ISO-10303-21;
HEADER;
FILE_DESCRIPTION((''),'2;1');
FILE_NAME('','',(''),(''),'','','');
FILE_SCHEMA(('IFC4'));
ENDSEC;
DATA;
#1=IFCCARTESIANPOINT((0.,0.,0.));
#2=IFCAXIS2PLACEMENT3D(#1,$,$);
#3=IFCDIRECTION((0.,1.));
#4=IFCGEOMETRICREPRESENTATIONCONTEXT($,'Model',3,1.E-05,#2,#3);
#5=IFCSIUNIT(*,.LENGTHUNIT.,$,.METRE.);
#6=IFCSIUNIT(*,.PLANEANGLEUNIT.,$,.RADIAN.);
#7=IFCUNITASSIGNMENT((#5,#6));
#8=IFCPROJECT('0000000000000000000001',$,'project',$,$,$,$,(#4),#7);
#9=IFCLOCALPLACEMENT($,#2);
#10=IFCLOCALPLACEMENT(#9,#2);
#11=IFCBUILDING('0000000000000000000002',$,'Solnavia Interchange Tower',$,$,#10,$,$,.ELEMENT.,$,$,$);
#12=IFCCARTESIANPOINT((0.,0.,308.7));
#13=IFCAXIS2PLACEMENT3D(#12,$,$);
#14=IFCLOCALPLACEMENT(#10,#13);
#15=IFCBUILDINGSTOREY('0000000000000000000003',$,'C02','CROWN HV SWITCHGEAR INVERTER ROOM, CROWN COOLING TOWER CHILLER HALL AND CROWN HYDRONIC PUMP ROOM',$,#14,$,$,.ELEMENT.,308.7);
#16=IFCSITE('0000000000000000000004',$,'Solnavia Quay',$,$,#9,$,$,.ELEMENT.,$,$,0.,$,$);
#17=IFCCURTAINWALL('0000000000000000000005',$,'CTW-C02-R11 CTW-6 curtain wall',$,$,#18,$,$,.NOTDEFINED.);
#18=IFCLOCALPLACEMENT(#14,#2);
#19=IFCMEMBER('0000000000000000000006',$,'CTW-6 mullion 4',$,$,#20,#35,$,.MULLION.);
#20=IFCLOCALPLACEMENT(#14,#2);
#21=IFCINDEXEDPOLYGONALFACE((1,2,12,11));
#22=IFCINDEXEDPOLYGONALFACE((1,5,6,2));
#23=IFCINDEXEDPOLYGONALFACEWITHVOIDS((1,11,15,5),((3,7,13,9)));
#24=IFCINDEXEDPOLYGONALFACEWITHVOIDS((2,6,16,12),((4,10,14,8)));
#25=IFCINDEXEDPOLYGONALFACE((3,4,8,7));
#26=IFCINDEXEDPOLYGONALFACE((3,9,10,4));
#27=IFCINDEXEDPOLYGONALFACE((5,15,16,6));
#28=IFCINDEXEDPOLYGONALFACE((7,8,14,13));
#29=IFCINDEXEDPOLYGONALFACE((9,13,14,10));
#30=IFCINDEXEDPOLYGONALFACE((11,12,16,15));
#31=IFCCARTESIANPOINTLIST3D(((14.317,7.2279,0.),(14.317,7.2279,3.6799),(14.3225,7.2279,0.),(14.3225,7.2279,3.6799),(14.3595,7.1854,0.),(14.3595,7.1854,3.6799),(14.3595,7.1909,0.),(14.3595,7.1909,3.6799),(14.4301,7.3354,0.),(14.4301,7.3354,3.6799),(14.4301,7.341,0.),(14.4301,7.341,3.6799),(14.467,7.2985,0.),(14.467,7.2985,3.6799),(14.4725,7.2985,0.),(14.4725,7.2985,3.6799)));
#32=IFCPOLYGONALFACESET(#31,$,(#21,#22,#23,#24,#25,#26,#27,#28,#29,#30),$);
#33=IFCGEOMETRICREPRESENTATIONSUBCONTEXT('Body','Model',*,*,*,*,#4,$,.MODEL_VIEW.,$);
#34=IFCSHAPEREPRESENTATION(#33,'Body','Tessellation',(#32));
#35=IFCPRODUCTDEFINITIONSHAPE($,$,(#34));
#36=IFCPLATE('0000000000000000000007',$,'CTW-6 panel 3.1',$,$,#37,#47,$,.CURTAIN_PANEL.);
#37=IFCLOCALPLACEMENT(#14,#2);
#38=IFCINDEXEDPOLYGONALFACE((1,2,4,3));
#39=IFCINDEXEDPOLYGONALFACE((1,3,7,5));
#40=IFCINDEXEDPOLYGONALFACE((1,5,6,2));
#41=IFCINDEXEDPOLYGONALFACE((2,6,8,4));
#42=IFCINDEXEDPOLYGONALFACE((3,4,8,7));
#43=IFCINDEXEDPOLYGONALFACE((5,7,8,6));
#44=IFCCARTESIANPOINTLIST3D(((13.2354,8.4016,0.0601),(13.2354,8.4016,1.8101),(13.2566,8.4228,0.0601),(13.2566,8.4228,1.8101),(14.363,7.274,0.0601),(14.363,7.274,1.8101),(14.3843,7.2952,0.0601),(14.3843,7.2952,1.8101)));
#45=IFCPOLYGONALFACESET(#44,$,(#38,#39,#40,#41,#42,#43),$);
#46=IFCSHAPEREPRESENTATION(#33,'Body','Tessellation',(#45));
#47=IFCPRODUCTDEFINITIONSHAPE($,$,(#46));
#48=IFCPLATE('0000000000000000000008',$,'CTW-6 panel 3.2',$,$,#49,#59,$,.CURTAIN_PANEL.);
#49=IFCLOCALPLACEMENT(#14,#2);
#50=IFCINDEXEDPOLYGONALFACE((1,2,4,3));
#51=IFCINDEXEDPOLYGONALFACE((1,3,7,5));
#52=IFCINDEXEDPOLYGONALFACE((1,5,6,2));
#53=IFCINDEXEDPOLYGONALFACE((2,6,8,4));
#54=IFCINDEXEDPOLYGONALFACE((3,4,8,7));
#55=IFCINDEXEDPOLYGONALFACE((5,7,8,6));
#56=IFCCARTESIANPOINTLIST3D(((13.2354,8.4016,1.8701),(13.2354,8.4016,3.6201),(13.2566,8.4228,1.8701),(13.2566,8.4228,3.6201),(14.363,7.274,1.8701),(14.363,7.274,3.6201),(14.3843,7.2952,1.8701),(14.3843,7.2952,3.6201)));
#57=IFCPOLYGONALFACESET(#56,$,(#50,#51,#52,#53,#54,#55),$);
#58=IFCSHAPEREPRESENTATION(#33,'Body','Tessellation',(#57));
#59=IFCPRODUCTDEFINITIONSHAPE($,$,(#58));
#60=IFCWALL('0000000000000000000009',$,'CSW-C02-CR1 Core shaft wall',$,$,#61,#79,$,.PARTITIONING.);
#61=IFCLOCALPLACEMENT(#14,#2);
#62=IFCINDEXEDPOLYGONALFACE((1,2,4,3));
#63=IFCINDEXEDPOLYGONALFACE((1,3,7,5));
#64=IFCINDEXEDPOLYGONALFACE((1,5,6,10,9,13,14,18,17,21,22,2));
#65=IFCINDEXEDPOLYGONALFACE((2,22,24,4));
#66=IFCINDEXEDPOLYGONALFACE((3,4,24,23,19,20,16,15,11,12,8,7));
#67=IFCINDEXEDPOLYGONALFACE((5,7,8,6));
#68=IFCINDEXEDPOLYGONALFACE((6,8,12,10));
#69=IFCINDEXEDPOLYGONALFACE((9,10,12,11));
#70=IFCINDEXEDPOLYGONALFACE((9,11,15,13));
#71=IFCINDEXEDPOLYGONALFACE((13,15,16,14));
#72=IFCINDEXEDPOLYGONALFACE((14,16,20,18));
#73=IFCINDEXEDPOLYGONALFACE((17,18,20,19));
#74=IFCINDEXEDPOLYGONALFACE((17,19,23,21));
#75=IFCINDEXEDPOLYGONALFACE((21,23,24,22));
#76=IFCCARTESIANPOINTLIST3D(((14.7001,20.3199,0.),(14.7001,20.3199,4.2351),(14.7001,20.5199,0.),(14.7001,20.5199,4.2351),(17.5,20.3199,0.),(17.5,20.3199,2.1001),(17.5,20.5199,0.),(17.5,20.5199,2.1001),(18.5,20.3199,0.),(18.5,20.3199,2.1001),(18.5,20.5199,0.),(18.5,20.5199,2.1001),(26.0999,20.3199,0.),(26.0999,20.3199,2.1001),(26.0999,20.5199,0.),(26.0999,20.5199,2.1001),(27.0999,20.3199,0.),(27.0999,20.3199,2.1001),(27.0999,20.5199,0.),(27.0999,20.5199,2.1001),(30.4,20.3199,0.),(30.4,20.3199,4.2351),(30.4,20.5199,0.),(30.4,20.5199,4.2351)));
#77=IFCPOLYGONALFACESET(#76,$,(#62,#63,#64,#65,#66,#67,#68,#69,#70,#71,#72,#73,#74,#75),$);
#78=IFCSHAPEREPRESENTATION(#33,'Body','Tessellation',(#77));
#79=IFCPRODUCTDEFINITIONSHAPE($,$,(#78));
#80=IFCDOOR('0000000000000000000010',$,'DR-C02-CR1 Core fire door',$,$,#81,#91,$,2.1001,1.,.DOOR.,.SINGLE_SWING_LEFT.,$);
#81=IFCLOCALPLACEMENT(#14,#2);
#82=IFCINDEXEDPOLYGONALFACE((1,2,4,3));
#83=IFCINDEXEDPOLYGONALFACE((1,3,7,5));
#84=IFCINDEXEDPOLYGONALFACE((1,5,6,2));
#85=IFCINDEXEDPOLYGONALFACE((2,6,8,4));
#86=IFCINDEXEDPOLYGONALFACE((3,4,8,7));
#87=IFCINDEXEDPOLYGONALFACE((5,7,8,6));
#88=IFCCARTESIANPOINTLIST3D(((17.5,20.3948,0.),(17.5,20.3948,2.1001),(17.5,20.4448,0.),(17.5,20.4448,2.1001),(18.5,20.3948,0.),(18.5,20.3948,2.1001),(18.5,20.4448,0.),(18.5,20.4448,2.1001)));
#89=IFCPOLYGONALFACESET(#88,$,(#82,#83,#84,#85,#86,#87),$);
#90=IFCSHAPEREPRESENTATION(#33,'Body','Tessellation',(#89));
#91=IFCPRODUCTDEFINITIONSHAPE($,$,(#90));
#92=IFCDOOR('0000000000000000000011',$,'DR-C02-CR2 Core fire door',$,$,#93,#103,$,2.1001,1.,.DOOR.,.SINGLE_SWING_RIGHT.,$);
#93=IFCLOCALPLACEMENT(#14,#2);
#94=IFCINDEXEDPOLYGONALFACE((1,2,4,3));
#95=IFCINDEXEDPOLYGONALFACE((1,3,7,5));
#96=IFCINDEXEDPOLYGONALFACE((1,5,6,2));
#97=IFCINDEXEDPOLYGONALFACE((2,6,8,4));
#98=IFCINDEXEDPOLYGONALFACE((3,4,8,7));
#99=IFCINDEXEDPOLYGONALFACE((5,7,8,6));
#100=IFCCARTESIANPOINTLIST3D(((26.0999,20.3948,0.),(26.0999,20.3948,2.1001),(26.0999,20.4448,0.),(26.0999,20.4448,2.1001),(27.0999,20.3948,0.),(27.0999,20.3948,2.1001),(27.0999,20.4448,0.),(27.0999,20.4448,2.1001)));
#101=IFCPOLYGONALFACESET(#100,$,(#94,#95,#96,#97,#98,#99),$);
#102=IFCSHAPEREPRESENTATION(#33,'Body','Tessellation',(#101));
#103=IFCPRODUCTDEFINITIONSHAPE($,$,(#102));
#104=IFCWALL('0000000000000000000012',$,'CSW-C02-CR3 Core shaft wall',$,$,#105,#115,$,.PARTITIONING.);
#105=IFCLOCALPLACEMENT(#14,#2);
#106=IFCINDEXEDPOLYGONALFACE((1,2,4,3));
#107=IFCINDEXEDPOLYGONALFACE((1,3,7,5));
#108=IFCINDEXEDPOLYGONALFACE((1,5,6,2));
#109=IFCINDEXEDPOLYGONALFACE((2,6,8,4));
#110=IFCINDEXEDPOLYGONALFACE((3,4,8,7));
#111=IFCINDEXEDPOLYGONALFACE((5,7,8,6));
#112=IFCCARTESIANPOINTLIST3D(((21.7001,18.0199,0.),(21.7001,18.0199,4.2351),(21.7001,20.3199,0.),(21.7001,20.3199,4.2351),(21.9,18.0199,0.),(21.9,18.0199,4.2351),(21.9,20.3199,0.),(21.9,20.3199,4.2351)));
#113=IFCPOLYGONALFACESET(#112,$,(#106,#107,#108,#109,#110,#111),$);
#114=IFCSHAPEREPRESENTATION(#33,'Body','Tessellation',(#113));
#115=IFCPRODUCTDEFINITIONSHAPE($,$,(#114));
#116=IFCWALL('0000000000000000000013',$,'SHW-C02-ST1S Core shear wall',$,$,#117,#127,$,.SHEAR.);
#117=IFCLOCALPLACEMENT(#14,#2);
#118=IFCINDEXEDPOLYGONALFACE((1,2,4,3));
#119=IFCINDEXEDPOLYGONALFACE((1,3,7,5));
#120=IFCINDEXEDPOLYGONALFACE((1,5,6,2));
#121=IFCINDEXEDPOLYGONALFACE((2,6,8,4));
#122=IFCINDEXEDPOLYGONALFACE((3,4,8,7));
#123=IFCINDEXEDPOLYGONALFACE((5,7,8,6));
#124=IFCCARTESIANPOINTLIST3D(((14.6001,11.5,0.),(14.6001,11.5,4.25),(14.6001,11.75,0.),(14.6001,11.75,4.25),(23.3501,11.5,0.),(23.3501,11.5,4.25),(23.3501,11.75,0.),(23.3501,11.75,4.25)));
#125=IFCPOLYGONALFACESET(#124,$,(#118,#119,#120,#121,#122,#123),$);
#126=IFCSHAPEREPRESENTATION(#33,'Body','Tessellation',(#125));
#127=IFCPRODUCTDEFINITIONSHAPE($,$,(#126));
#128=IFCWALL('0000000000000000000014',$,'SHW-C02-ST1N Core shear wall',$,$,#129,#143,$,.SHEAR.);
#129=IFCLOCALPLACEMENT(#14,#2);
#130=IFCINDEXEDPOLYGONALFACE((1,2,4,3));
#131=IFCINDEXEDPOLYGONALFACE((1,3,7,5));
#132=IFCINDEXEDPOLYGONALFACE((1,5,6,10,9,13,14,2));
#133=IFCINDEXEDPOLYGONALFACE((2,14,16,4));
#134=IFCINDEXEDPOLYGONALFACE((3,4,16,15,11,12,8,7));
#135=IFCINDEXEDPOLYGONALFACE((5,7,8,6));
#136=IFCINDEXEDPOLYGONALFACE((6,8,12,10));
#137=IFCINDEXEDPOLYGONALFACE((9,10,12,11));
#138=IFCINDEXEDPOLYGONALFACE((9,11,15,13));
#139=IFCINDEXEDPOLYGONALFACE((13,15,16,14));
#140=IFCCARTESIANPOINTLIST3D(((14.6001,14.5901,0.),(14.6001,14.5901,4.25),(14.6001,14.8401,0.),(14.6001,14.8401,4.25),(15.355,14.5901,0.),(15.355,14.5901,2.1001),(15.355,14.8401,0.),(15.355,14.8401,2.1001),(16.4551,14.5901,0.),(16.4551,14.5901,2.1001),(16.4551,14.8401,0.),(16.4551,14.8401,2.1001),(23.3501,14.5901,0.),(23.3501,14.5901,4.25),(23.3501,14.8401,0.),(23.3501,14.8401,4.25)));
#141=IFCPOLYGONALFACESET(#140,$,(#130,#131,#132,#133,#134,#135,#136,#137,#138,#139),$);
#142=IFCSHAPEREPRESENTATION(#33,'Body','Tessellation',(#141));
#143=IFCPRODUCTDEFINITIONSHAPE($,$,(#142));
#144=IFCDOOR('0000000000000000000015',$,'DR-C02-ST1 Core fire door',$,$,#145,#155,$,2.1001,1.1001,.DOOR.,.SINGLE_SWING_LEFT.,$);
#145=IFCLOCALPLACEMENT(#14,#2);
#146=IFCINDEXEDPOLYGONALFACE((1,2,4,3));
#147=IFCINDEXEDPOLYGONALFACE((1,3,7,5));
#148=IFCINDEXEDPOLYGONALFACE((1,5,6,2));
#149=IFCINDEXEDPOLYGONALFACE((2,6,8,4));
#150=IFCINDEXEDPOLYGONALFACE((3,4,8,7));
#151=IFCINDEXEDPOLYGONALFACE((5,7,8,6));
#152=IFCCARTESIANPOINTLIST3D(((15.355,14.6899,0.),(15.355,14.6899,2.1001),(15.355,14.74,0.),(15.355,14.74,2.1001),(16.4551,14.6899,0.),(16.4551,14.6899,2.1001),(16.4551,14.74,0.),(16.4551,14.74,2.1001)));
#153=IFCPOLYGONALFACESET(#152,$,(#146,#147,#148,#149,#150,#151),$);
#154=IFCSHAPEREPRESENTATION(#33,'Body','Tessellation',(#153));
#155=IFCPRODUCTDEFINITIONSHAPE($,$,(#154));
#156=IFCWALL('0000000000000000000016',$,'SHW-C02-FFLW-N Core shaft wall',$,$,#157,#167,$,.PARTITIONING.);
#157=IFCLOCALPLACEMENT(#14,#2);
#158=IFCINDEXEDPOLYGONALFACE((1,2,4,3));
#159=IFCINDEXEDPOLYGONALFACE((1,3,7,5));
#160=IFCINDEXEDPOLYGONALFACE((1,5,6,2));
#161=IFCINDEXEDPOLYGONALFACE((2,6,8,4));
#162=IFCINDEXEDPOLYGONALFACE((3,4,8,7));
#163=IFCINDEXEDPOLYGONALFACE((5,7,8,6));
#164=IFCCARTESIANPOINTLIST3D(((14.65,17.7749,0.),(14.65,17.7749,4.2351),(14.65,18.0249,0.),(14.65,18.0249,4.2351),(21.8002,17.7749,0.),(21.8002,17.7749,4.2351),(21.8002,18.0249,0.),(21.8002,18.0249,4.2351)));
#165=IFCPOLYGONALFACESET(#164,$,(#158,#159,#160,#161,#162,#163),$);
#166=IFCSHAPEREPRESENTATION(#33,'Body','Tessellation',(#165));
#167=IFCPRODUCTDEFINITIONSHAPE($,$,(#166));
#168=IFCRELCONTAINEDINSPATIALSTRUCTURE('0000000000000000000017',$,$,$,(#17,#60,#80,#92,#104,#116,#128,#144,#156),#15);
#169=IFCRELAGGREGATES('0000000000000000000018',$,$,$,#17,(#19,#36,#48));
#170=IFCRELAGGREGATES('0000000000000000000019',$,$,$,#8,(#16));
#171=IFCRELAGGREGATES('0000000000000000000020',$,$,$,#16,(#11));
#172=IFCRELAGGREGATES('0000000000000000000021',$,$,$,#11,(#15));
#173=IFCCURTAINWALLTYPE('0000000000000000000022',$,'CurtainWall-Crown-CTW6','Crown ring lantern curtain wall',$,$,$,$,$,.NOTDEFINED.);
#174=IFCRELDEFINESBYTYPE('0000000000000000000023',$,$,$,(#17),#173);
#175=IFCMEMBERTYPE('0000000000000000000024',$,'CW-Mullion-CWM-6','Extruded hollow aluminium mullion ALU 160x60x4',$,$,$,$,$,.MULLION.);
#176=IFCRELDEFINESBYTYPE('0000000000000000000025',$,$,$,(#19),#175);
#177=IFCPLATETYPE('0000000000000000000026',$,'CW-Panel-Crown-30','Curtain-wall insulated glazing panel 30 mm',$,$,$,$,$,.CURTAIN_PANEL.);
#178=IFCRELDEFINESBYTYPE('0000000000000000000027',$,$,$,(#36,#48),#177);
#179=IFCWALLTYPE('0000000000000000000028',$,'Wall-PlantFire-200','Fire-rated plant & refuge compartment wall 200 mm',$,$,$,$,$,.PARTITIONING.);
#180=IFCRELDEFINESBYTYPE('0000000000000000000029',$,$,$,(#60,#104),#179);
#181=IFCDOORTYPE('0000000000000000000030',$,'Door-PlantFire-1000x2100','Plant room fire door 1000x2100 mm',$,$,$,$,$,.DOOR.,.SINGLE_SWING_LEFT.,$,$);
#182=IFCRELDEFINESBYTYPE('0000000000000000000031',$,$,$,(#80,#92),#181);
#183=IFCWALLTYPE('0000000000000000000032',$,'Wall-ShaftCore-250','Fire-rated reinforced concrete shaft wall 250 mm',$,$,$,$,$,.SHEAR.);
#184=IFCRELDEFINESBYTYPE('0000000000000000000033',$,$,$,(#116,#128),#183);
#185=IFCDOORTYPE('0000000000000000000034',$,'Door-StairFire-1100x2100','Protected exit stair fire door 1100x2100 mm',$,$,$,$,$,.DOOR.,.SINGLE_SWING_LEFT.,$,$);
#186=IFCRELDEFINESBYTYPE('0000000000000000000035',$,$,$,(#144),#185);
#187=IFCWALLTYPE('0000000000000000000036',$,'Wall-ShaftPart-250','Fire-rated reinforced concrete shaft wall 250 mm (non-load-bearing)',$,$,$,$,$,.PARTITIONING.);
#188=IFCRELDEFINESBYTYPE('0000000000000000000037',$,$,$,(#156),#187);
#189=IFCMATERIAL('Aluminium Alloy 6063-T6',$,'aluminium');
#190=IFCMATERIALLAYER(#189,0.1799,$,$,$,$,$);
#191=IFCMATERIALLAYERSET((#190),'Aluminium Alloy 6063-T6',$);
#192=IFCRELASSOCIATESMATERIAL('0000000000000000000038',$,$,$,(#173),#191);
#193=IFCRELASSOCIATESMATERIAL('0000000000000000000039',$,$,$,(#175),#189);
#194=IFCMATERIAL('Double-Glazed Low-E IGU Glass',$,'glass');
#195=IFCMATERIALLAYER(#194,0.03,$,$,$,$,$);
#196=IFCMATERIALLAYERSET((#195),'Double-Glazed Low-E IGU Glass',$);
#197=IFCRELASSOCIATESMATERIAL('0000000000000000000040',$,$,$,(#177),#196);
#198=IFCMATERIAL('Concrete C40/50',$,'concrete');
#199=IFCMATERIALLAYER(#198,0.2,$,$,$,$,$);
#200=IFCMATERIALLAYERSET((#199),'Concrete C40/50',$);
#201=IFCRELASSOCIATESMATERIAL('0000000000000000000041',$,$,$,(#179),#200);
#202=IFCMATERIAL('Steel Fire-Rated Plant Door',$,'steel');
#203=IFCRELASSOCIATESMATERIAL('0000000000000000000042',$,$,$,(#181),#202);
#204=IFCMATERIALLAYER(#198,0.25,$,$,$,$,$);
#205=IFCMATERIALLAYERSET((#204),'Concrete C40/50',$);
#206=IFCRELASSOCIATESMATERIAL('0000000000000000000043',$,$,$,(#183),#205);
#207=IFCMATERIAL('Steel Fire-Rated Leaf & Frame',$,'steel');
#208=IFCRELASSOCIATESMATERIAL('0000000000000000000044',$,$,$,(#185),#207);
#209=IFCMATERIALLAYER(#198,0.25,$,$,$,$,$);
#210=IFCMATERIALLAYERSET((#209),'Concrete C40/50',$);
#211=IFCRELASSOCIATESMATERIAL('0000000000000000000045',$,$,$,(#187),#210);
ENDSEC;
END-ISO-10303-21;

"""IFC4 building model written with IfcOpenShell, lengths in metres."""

from ifc_helpers import new_model, si_unit, direction, frame, frame_2d, origin, origin_2d, place, context, subcontext, project, spatial, rectangle, hollow_rectangle, extrude, material, layer, layer_set, material_profile, profile_set, type_object, element, fill, aggregate, save


model = new_model("IFC4")

# Units and contexts
model_context = context("Model", 3, precision=1e-05, world=origin(), true_north=direction((0.0, 1.0)))
body_context = subcontext(model_context, "Body", "Model", "MODEL_VIEW")
ifc_project = project(units=[si_unit("LENGTHUNIT", "METRE"), si_unit("PLANEANGLEUNIT", "RADIAN")], contexts=[model_context])

# Site, building, storey
site_placement = place(None, origin())
site = spatial("IfcSite", under=ifc_project, at=site_placement, Name="Solnavia Quay", CompositionType="ELEMENT", RefElevation=0.0)
building_placement = place(site_placement, origin())
building = spatial("IfcBuilding", under=site, at=building_placement, Name="Solnavia Interchange Tower", CompositionType="ELEMENT")
storey_placement = place(building_placement, frame((0.0, 0.0, 308.7)))
storey = spatial("IfcBuildingStorey", under=building, at=storey_placement, Name="C02", Description="CROWN HV SWITCHGEAR INVERTER ROOM, CROWN COOLING TOWER CHILLER HALL AND CROWN HYDRONIC PUMP ROOM", CompositionType="ELEMENT", Elevation=308.7)

# Curtain wall, member, plates
ifc_material_1 = material(Name="Aluminium Alloy 6063-T6", Category="aluminium")
ifc_layer_1 = layer(ifc_material_1, 0.1799)
ifc_layer_set_1 = layer_set([ifc_layer_1], Name="Aluminium Alloy 6063-T6")
curtain_wall_type = type_object("IfcCurtainWallType", Name="CurtainWall-Crown-CTW6", Description="Crown ring lantern curtain wall", PredefinedType="NOTDEFINED", material=ifc_layer_set_1)
curtain_wall_placement = place(storey_placement, origin())
curtain_wall = element("IfcCurtainWall", 1, at=curtain_wall_placement, inside=storey, type_object=curtain_wall_type, Name="CTW-C02-R11 CTW-6 curtain wall", PredefinedType="NOTDEFINED")
ifc_material_profile = material_profile(ifc_material_1, hollow_rectangle(XDim=0.0601, YDim=0.1599, WallThickness=0.0039, at=origin_2d()), Name="ALU 160x60x4")
ifc_profile_set = profile_set([ifc_material_profile], Name="Aluminium Alloy 6063-T6")
member_type = type_object("IfcMemberType", Name="CW-Mullion-CWM-6", Description="Extruded hollow aluminium mullion ALU 160x60x4", PredefinedType="MULLION", material=ifc_profile_set)
member_placement = place(storey_placement, frame((14.3948, 7.2632, 0.0), z_axis=(0.0, 0.0, 1.0), x_axis=(0.707107, -0.707107, 0.0)))
member = element("IfcMember", 2, at=member_placement, type_object=member_type, Name="CTW-6 mullion 4", PredefinedType="MULLION", context=body_context, shape_type="SweptSolid", body=[
    extrude(hollow_rectangle(XDim=0.0601, YDim=0.1599, WallThickness=0.0039, at=origin_2d()), origin(), (0.0, 0.0, 1.0), 3.6799),
])
ifc_material_2 = material(Name="Double-Glazed Low-E IGU Glass", Category="glass")
ifc_layer_2 = layer(ifc_material_2, 0.03)
ifc_layer_set_2 = layer_set([ifc_layer_2], Name="Double-Glazed Low-E IGU Glass")
plate_type = type_object("IfcPlateType", Name="CW-Panel-Crown-30", Description="Curtain-wall insulated glazing panel 30 mm", PredefinedType="CURTAIN_PANEL", material=ifc_layer_set_2)
plate_1_placement = place(storey_placement, frame((13.8098, 7.8484, 0.0601), z_axis=(0.0, 0.0, 1.0), x_axis=(0.707107, -0.707107, 0.0)))
plate_1 = element("IfcPlate", 3, at=plate_1_placement, type_object=plate_type, Name="CTW-6 panel 3.1", PredefinedType="CURTAIN_PANEL", context=body_context, shape_type="SweptSolid", body=[
    extrude(rectangle(XDim=1.5947, YDim=0.03, at=origin_2d()), origin(), (0.0, 0.0, 1.0), 1.75),
])
plate_2_placement = place(storey_placement, frame((13.8098, 7.8484, 1.8701), z_axis=(0.0, 0.0, 1.0), x_axis=(0.707107, -0.707107, 0.0)))
plate_2 = element("IfcPlate", 4, at=plate_2_placement, type_object=plate_type, Name="CTW-6 panel 3.2", PredefinedType="CURTAIN_PANEL", context=body_context, shape_type="SweptSolid", body=[
    extrude(rectangle(XDim=1.5947, YDim=0.03, at=origin_2d()), origin(), (0.0, 0.0, 1.0), 1.75),
])
aggregate(curtain_wall, [member, plate_1, plate_2])

# Wall, openings, doors
ifc_material_3 = material(Name="Concrete C40/50", Category="concrete")
ifc_layer_3 = layer(ifc_material_3, 0.2)
ifc_layer_set_3 = layer_set([ifc_layer_3], Name="Concrete C40/50")
wall_type_1 = type_object("IfcWallType", Name="Wall-PlantFire-200", Description="Fire-rated plant & refuge compartment wall 200 mm", PredefinedType="PARTITIONING", material=ifc_layer_set_3)
wall_1_placement = place(storey_placement, frame((14.7, 20.4199, 0.0), z_axis=(0.0, 0.0, 1.0), x_axis=(1.0, 0.0, 0.0)))
wall_1 = element("IfcWall", 5, at=wall_1_placement, inside=storey, type_object=wall_type_1, Name="CSW-C02-CR1 Core shaft wall", PredefinedType="PARTITIONING", context=body_context, shape_type="SweptSolid", body=[
    extrude(rectangle(XDim=15.7, YDim=0.2, at=frame_2d((7.8501, 0.0))), origin(), (0.0, 0.0, 1.0), 4.2351),
])
opening_1_placement = place(wall_1_placement, frame((2.8, 0.0, 0.0)))
opening_1 = element("IfcOpeningElement", 6, at=opening_1_placement, cuts=wall_1, PredefinedType="OPENING", context=body_context, shape_type="SweptSolid", body=[
    extrude(rectangle(XDim=1.0, YDim=2.1001, at=frame_2d((0.5, 1.05))), frame((0.0, 0.1099, 0.0), z_axis=(0.0, -1.0, 0.0), x_axis=(1.0, 0.0, 0.0)), (0.0, 0.0, 1.0), 0.22),
])
opening_2_placement = place(wall_1_placement, frame((11.3999, 0.0, 0.0)))
opening_2 = element("IfcOpeningElement", 7, at=opening_2_placement, cuts=wall_1, PredefinedType="OPENING", context=body_context, shape_type="SweptSolid", body=[
    extrude(rectangle(XDim=1.0, YDim=2.1001, at=frame_2d((0.5, 1.05))), frame((0.0, 0.1099, 0.0), z_axis=(0.0, -1.0, 0.0), x_axis=(1.0, 0.0, 0.0)), (0.0, 0.0, 1.0), 0.22),
])
ifc_material_4 = material(Name="Steel Fire-Rated Plant Door", Category="steel")
door_type_1 = type_object("IfcDoorType", Name="Door-PlantFire-1000x2100", Description="Plant room fire door 1000x2100 mm", OperationType="SINGLE_SWING_LEFT", PredefinedType="DOOR", material=ifc_material_4)
door_1_placement = place(opening_1_placement, origin())
door_1 = element("IfcDoor", 8, at=door_1_placement, inside=storey, type_object=door_type_1, Name="DR-C02-CR1 Core fire door", OperationType="SINGLE_SWING_LEFT", OverallHeight=2.1001, OverallWidth=1.0, PredefinedType="DOOR", context=body_context, shape_type="SweptSolid", body=[
    extrude(rectangle(XDim=1.0, YDim=2.1001, at=frame_2d((0.5, 1.05))), frame((0.0, 0.0249, 0.0), z_axis=(0.0, -1.0, 0.0), x_axis=(1.0, 0.0, 0.0)), (0.0, 0.0, 1.0), 0.05),
])
fill(opening_1, door_1)
door_2_placement = place(opening_2_placement, origin())
door_2 = element("IfcDoor", 9, at=door_2_placement, inside=storey, type_object=door_type_1, Name="DR-C02-CR2 Core fire door", OperationType="SINGLE_SWING_RIGHT", OverallHeight=2.1001, OverallWidth=1.0, PredefinedType="DOOR", context=body_context, shape_type="SweptSolid", body=[
    extrude(rectangle(XDim=1.0, YDim=2.1001, at=frame_2d((0.5, 1.05))), frame((0.0, 0.0249, 0.0), z_axis=(0.0, -1.0, 0.0), x_axis=(1.0, 0.0, 0.0)), (0.0, 0.0, 1.0), 0.05),
])
fill(opening_2, door_2)

# Walls
wall_2_placement = place(storey_placement, frame((21.8, 18.02, 0.0), z_axis=(0.0, 0.0, 1.0), x_axis=(0.0, 1.0, 0.0)))
element("IfcWall", 10, at=wall_2_placement, inside=storey, type_object=wall_type_1, Name="CSW-C02-CR3 Core shaft wall", PredefinedType="PARTITIONING", context=body_context, shape_type="SweptSolid", body=[
    extrude(rectangle(XDim=2.3, YDim=0.2, at=frame_2d((1.1499, 0.0))), origin(), (0.0, 0.0, 1.0), 4.2351),
])
ifc_layer_4 = layer(ifc_material_3, 0.25)
ifc_layer_set_4 = layer_set([ifc_layer_4], Name="Concrete C40/50")
wall_type_2 = type_object("IfcWallType", Name="Wall-ShaftCore-250", Description="Fire-rated reinforced concrete shaft wall 250 mm", PredefinedType="SHEAR", material=ifc_layer_set_4)
wall_3_placement = place(storey_placement, frame((14.6001, 11.625, 0.0), z_axis=(0.0, 0.0, 1.0), x_axis=(1.0, 0.0, 0.0)))
element("IfcWall", 11, at=wall_3_placement, inside=storey, type_object=wall_type_2, Name="SHW-C02-ST1S Core shear wall", PredefinedType="SHEAR", context=body_context, shape_type="SweptSolid", body=[
    extrude(rectangle(XDim=8.75, YDim=0.25, at=frame_2d((4.375, 0.0))), origin(), (0.0, 0.0, 1.0), 4.25),
])

# Wall, opening, door
wall_4_placement = place(storey_placement, frame((14.6001, 14.7151, 0.0), z_axis=(0.0, 0.0, 1.0), x_axis=(1.0, 0.0, 0.0)))
wall_4 = element("IfcWall", 12, at=wall_4_placement, inside=storey, type_object=wall_type_2, Name="SHW-C02-ST1N Core shear wall", PredefinedType="SHEAR", context=body_context, shape_type="SweptSolid", body=[
    extrude(rectangle(XDim=8.75, YDim=0.25, at=frame_2d((4.375, 0.0))), origin(), (0.0, 0.0, 1.0), 4.25),
])
opening_3_placement = place(wall_4_placement, frame((0.7549, 0.0, 0.0)))
opening_3 = element("IfcOpeningElement", 13, at=opening_3_placement, cuts=wall_4, PredefinedType="OPENING", context=body_context, shape_type="SweptSolid", body=[
    extrude(rectangle(XDim=1.1001, YDim=2.1001, at=frame_2d((0.55, 1.05))), frame((0.0, 0.135, 0.0), z_axis=(0.0, -1.0, 0.0), x_axis=(1.0, 0.0, 0.0)), (0.0, 0.0, 1.0), 0.27),
])
ifc_material_5 = material(Name="Steel Fire-Rated Leaf & Frame", Category="steel")
door_type_2 = type_object("IfcDoorType", Name="Door-StairFire-1100x2100", Description="Protected exit stair fire door 1100x2100 mm", OperationType="SINGLE_SWING_LEFT", PredefinedType="DOOR", material=ifc_material_5)
door_3_placement = place(opening_3_placement, origin())
door_3 = element("IfcDoor", 14, at=door_3_placement, inside=storey, type_object=door_type_2, Name="DR-C02-ST1 Core fire door", OperationType="SINGLE_SWING_LEFT", OverallHeight=2.1001, OverallWidth=1.1001, PredefinedType="DOOR", context=body_context, shape_type="SweptSolid", body=[
    extrude(rectangle(XDim=1.1001, YDim=2.1001, at=frame_2d((0.55, 1.05))), frame((0.0, 0.0249, 0.0), z_axis=(0.0, -1.0, 0.0), x_axis=(1.0, 0.0, 0.0)), (0.0, 0.0, 1.0), 0.05),
])
fill(opening_3, door_3)

# Wall
ifc_layer_5 = layer(ifc_material_3, 0.25)
ifc_layer_set_5 = layer_set([ifc_layer_5], Name="Concrete C40/50")
wall_type_3 = type_object("IfcWallType", Name="Wall-ShaftPart-250", Description="Fire-rated reinforced concrete shaft wall 250 mm (non-load-bearing)", PredefinedType="PARTITIONING", material=ifc_layer_set_5)
wall_5_placement = place(storey_placement, frame((14.6499, 17.8999, 0.0), z_axis=(0.0, 0.0, 1.0), x_axis=(1.0, 0.0, 0.0)))
element("IfcWall", 15, at=wall_5_placement, inside=storey, type_object=wall_type_3, Name="SHW-C02-FFLW-N Core shaft wall", PredefinedType="PARTITIONING", context=body_context, shape_type="SweptSolid", body=[
    extrude(rectangle(XDim=7.1501, YDim=0.25, at=frame_2d((3.5752, 0.0))), origin(), (0.0, 0.0, 1.0), 4.2351),
])

save(model, "model.ifc")
